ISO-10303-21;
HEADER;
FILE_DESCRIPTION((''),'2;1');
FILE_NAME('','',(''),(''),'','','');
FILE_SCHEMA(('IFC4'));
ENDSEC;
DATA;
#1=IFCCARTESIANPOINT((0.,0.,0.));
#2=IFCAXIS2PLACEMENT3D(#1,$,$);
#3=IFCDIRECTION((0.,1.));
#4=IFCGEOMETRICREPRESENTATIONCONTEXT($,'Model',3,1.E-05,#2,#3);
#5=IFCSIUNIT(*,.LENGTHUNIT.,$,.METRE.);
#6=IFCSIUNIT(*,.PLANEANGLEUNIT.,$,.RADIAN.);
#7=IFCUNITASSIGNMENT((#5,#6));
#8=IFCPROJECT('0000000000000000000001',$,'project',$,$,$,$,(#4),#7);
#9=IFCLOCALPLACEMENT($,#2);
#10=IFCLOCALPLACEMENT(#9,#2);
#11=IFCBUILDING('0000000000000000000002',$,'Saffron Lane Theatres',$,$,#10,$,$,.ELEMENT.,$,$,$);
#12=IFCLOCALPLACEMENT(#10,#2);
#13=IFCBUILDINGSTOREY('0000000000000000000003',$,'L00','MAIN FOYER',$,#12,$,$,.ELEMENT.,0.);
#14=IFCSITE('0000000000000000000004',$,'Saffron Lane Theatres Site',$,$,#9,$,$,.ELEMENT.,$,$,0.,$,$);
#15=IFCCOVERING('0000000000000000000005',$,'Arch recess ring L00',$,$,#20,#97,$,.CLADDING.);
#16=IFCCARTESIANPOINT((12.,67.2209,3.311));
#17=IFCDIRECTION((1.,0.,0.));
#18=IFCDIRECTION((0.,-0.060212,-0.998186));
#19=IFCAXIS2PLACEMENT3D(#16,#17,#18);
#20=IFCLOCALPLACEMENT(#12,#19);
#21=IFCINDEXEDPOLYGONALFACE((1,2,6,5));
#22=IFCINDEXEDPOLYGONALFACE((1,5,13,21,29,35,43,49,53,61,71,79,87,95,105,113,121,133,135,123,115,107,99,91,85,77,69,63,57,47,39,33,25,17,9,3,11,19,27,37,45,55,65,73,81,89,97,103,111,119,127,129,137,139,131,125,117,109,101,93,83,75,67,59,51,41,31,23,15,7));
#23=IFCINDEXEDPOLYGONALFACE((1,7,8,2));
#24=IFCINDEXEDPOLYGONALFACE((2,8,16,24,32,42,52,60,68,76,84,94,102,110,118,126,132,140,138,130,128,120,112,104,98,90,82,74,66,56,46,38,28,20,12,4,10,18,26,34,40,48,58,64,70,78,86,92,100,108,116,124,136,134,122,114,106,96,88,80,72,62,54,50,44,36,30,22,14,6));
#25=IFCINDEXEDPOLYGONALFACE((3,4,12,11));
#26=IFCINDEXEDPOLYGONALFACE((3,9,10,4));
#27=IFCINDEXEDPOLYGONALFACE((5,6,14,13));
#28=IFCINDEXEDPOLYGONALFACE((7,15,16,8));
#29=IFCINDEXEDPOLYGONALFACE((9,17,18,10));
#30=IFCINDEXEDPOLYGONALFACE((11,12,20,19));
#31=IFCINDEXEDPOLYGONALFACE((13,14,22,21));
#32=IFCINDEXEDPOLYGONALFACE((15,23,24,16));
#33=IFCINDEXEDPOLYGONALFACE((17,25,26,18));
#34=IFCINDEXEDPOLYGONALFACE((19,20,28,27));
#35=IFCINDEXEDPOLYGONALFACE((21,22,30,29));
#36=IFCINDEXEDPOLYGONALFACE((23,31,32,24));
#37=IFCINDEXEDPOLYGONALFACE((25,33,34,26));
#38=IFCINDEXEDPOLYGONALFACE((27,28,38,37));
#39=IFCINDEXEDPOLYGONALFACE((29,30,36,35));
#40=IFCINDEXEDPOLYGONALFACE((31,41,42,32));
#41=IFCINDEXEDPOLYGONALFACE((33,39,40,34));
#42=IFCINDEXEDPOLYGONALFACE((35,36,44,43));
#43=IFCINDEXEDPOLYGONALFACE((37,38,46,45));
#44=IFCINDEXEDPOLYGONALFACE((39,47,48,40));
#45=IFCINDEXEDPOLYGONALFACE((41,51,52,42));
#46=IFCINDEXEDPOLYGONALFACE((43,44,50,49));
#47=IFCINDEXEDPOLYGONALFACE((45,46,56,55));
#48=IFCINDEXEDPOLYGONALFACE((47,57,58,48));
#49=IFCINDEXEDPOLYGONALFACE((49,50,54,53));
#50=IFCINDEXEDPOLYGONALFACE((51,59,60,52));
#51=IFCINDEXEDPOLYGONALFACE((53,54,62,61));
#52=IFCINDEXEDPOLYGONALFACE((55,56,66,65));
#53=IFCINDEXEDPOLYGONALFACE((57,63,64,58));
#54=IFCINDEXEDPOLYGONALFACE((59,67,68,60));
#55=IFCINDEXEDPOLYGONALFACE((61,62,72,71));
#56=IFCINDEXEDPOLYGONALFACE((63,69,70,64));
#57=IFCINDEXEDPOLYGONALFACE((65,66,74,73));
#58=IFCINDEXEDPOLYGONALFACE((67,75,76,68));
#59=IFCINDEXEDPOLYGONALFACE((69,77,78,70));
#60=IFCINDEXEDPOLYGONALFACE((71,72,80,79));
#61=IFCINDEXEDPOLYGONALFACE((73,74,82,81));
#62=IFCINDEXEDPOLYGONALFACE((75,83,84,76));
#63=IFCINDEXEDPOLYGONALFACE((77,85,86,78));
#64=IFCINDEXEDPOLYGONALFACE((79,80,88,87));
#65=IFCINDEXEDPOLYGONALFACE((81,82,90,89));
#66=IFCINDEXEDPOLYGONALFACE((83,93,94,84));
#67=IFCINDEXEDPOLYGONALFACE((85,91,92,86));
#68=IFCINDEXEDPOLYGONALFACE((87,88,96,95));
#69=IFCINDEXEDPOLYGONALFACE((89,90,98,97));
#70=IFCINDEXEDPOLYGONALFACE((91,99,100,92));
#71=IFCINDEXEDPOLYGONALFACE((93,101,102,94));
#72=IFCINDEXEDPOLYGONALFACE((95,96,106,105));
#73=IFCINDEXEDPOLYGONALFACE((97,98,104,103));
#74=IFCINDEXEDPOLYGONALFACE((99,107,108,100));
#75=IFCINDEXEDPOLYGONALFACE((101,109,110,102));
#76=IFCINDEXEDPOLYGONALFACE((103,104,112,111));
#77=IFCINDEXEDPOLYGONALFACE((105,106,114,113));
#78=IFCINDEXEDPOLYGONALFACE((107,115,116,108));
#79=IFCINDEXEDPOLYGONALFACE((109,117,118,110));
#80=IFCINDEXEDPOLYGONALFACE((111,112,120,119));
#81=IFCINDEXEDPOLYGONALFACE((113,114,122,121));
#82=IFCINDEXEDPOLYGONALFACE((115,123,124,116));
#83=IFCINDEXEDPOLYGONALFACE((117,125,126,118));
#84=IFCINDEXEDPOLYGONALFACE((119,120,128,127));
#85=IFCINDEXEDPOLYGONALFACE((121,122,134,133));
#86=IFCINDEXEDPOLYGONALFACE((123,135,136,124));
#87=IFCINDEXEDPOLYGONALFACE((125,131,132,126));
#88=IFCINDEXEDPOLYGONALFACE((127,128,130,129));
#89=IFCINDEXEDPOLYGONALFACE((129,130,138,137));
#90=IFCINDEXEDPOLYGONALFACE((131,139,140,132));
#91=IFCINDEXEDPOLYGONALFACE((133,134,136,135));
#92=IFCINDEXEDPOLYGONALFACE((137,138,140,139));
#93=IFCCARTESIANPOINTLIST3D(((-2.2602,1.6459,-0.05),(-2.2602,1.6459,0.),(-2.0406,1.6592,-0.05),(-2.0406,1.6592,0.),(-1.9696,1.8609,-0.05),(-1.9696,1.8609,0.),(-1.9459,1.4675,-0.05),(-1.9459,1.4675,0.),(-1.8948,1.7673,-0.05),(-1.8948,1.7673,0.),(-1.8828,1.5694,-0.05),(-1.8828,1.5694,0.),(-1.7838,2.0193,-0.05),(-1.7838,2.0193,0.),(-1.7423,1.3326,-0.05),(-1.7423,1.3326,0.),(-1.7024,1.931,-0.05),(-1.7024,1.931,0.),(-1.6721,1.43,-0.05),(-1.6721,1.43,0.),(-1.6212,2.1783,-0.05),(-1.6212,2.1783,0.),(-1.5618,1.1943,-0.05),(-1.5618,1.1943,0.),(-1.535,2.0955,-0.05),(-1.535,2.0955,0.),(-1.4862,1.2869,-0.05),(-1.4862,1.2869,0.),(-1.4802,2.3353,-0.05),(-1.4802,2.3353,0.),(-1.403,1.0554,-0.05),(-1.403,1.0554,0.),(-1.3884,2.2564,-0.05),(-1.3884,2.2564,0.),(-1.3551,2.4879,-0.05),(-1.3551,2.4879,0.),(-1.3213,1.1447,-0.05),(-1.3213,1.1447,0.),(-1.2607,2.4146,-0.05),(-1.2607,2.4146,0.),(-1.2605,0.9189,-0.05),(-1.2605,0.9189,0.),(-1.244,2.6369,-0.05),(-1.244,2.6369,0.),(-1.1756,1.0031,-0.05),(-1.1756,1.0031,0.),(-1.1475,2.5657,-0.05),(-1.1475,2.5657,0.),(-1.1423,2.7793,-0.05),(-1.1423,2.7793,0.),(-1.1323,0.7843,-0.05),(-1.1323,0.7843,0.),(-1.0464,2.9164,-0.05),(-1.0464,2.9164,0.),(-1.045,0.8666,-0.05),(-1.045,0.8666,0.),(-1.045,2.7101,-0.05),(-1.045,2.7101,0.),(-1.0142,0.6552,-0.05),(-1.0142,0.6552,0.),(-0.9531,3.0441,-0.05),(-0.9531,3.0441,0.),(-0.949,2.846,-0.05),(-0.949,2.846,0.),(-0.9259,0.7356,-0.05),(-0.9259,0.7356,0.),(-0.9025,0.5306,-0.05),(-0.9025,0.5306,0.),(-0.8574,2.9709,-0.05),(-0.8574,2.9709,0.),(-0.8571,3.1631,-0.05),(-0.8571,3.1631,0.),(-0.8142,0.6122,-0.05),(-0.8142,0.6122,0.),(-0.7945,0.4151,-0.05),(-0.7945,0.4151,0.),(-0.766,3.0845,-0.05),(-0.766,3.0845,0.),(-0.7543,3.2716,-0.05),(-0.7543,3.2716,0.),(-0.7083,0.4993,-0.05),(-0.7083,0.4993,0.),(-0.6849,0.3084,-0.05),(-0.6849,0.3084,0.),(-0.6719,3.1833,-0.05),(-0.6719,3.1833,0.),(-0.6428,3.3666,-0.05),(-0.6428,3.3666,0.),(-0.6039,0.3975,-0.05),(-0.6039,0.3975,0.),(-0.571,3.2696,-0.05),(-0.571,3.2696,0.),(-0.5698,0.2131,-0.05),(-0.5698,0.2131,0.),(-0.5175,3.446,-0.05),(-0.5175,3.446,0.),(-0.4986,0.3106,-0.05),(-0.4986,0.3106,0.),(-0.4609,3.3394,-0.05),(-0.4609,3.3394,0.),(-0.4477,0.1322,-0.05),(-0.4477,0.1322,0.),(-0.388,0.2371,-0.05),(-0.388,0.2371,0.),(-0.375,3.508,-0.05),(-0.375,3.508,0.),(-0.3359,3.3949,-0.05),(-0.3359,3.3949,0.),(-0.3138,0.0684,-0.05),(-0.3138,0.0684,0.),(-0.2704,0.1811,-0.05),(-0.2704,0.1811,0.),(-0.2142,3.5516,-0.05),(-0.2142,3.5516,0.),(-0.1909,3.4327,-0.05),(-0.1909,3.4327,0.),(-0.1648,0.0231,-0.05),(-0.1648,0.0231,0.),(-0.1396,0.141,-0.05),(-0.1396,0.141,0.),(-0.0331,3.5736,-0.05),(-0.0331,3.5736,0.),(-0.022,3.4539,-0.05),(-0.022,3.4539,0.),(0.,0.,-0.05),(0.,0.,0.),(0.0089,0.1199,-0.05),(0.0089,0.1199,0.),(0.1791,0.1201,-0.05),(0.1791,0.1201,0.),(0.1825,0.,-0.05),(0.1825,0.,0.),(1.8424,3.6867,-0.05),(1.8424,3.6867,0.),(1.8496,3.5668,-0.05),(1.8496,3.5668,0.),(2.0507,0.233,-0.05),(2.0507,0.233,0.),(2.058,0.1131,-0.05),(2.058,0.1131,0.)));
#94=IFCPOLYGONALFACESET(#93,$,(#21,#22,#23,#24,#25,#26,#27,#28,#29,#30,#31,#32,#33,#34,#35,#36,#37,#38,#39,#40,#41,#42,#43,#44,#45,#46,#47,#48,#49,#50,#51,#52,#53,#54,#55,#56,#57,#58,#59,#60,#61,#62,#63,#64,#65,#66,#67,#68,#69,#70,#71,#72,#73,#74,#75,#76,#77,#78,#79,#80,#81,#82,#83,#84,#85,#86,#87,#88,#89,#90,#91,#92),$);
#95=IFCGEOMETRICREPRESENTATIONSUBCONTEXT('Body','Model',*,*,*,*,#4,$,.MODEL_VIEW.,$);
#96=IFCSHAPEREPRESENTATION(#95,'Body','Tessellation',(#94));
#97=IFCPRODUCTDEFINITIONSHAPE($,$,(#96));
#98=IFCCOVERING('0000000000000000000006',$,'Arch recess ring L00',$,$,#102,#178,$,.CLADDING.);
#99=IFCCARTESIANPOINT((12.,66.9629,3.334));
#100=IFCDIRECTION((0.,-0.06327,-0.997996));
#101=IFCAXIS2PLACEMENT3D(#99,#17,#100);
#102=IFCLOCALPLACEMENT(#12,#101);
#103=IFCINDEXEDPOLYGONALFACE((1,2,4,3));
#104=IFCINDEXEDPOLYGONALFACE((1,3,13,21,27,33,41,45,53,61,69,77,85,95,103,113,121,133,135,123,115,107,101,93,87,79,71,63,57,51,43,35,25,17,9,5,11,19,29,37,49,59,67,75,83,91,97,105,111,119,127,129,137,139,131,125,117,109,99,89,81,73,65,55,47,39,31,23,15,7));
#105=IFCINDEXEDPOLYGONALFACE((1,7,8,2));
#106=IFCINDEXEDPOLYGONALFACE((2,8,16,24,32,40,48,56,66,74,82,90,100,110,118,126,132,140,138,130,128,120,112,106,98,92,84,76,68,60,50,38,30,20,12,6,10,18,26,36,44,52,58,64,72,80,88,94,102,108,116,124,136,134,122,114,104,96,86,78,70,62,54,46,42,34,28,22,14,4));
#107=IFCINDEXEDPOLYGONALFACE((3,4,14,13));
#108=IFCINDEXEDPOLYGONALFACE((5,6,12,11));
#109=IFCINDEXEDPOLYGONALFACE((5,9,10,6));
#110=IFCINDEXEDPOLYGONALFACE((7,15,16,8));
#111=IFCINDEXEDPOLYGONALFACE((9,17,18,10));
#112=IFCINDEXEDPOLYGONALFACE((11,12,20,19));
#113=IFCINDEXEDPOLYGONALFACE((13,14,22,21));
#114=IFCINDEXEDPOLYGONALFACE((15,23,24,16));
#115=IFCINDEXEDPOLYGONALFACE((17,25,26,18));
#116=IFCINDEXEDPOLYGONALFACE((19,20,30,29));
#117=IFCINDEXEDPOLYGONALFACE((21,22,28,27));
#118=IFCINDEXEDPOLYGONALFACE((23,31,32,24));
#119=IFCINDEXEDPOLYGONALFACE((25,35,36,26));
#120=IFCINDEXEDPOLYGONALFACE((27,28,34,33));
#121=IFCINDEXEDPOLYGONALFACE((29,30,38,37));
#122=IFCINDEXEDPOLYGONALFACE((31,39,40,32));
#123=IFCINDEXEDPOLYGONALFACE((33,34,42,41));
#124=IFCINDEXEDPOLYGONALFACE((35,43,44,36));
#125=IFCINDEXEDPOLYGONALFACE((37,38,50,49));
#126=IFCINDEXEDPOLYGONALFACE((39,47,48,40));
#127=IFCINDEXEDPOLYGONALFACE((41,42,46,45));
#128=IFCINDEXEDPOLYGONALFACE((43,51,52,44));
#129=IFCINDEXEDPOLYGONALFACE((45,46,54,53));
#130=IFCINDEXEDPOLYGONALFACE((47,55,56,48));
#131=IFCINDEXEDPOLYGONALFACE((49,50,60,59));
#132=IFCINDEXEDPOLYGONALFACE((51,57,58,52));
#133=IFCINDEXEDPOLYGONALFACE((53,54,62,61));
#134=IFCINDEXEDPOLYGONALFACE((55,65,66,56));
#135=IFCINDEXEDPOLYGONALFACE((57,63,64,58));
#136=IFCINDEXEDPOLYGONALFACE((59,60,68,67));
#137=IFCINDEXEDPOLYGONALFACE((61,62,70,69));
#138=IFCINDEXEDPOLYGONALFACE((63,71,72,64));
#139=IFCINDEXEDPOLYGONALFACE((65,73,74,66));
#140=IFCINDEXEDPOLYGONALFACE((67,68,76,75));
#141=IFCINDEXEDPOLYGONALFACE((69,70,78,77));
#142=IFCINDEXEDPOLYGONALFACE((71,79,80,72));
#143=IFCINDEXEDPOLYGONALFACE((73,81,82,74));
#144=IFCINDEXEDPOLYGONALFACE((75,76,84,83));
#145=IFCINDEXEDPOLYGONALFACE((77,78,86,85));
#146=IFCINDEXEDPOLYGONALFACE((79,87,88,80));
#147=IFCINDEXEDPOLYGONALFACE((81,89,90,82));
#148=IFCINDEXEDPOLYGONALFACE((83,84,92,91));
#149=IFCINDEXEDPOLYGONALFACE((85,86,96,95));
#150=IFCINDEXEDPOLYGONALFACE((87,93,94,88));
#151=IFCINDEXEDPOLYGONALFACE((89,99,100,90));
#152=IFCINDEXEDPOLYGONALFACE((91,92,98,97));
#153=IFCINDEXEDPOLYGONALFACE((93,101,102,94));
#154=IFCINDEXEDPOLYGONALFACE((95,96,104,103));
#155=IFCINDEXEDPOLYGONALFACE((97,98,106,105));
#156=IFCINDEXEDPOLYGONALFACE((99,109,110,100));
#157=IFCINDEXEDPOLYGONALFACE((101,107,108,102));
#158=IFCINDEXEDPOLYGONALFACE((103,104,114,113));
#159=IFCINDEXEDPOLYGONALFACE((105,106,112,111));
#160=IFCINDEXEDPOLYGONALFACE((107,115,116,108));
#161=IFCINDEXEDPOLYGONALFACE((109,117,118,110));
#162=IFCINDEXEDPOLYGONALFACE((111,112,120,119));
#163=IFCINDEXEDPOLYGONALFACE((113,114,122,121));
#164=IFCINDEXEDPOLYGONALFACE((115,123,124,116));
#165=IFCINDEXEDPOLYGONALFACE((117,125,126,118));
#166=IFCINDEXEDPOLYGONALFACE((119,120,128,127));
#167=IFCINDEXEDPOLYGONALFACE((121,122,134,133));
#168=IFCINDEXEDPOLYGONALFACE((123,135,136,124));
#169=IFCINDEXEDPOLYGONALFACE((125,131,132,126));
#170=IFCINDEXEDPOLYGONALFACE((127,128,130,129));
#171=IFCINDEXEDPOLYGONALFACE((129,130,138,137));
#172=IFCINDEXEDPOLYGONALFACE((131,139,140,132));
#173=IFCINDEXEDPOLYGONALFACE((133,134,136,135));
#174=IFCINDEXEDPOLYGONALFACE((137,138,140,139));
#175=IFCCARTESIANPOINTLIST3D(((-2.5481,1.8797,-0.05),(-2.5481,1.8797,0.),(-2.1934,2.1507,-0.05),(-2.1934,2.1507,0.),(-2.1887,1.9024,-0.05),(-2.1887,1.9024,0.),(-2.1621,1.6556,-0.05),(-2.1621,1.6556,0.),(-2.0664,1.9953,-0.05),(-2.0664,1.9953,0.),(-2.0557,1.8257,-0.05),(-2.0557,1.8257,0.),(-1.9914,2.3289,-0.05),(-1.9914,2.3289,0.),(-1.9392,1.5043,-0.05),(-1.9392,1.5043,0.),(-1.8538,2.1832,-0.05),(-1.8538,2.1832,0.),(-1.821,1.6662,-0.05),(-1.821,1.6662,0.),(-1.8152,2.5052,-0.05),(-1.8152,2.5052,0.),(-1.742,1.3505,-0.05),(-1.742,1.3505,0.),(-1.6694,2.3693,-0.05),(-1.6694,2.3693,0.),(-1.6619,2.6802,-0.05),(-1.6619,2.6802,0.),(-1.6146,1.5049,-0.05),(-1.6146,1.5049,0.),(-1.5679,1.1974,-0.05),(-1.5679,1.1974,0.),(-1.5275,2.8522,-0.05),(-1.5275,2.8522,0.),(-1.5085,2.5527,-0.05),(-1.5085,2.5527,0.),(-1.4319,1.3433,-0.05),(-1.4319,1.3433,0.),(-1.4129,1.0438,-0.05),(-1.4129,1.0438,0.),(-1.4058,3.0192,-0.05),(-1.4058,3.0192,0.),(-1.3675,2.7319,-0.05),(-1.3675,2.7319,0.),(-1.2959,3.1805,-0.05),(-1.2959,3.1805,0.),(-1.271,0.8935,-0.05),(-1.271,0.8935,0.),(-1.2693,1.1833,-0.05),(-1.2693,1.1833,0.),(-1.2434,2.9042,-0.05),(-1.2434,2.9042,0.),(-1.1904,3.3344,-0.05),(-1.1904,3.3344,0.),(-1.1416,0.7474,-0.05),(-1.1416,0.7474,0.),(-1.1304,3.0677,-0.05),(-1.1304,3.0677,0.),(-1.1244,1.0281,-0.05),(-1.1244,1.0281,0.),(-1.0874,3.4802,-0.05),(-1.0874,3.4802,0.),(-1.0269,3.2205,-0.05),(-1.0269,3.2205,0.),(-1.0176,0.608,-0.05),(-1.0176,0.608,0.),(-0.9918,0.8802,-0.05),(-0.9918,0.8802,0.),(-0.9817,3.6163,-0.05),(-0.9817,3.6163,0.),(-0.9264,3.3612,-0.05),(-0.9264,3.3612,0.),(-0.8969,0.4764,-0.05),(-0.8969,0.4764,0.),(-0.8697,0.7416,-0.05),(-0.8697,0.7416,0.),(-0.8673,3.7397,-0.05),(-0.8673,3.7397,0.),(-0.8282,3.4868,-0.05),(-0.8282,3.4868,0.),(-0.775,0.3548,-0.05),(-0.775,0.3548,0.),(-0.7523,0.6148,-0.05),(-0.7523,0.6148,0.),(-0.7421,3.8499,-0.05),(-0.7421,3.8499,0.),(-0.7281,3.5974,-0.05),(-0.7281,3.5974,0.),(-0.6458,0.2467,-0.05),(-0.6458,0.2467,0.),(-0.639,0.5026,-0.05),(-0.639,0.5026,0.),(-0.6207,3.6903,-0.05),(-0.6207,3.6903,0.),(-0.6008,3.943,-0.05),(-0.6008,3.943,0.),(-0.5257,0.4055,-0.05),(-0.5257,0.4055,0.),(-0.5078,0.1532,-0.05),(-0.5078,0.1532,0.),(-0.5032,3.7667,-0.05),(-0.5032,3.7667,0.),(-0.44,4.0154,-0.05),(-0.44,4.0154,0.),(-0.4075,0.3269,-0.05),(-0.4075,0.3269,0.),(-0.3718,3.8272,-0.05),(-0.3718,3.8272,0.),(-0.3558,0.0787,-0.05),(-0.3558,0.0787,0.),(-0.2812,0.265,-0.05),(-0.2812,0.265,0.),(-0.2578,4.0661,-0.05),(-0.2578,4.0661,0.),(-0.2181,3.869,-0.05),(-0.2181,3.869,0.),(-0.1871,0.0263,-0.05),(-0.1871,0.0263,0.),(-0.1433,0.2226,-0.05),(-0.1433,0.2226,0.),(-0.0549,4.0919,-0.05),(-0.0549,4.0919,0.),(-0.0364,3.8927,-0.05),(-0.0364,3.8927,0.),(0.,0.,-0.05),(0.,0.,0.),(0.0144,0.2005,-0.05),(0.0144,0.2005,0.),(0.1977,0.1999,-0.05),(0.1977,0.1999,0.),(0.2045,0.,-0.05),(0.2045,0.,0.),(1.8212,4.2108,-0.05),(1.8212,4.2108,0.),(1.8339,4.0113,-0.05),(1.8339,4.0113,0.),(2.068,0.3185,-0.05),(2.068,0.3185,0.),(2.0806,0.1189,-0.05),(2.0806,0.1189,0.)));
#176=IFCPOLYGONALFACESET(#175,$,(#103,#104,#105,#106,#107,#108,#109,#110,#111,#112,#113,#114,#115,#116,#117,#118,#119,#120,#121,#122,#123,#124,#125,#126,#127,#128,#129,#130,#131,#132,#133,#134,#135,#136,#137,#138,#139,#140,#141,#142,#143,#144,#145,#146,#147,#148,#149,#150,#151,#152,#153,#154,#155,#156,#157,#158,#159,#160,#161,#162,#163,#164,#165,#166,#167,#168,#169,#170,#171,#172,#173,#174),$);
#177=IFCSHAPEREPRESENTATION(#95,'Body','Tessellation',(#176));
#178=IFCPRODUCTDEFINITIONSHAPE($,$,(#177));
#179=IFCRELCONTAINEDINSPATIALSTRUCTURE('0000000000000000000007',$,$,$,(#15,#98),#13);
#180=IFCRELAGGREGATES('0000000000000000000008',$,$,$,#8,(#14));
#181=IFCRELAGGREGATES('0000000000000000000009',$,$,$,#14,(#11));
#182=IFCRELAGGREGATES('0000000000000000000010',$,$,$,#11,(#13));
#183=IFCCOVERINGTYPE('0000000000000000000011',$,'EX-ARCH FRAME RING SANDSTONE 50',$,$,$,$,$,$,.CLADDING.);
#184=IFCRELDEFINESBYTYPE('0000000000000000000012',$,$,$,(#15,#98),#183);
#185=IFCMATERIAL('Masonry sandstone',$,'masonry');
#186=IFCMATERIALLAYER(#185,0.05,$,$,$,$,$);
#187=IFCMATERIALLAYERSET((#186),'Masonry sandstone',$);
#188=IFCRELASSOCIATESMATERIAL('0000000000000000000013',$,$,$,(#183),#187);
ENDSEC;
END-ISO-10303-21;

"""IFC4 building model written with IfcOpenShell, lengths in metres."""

from ifc_helpers import new_model, si_unit, direction, frame, origin, place, context, subcontext, project, spatial, polyline, outline, extrude, material, layer, layer_set, type_object, element, save


model = new_model("IFC4")

# Units and contexts
model_context = context("Model", 3, precision=1e-05, world=origin(), true_north=direction((0.0, 1.0)))
body_context = subcontext(model_context, "Body", "Model", "MODEL_VIEW")
ifc_project = project(units=[si_unit("LENGTHUNIT", "METRE"), si_unit("PLANEANGLEUNIT", "RADIAN")], contexts=[model_context])

# Site, building, storey
site_placement = place(None, origin())
site = spatial("IfcSite", under=ifc_project, at=site_placement, Name="Saffron Lane Theatres Site", CompositionType="ELEMENT", RefElevation=0.0)
building_placement = place(site_placement, origin())
building = spatial("IfcBuilding", under=site, at=building_placement, Name="Saffron Lane Theatres", CompositionType="ELEMENT")
storey_placement = place(building_placement, origin())
storey = spatial("IfcBuildingStorey", under=building, at=storey_placement, Name="L00", Description="MAIN FOYER", CompositionType="ELEMENT", Elevation=0.0)

# Coverings
ifc_material_1 = material(Name="Masonry sandstone", Category="masonry")
ifc_layer_1 = layer(ifc_material_1, 0.05)
ifc_layer_set_1 = layer_set([ifc_layer_1], Name="Masonry sandstone")
covering_type_1 = type_object("IfcCoveringType", Name="EX-ARCH FRAME RING SANDSTONE 50", PredefinedType="CLADDING", material=ifc_layer_set_1)
covering_1_placement = place(storey_placement, frame((12.0, 67.2209, 3.311), z_axis=(1.0, 0.0, 0.0), x_axis=(0.0, -0.060212, -0.998186)))
element("IfcCovering", 1, at=covering_1_placement, inside=storey, type_object=covering_type_1, Name="Arch recess ring L00", PredefinedType="CLADDING", context=body_context, shape_type="SweptSolid", body=[
    extrude(outline(polyline([(0.0, 0.0), (0.1825, 0.0), (2.058, 0.1131), (2.0507, 0.233), (0.1791, 0.1201), (0.0089, 0.1199), (-0.1396, 0.141), (-0.2704, 0.1811), (-0.388, 0.2371), (-0.4986, 0.3106), (-0.6039, 0.3975), (-0.7083, 0.4993), (-0.8142, 0.6122), (-0.9259, 0.7356), (-1.045, 0.8666), (-1.1756, 1.0031), (-1.3213, 1.1447), (-1.4862, 1.2869), (-1.6721, 1.43), (-1.8828, 1.5694), (-2.0406, 1.6592), (-1.8948, 1.7673), (-1.7024, 1.931), (-1.535, 2.0955), (-1.3884, 2.2564), (-1.2607, 2.4146), (-1.1475, 2.5657), (-1.045, 2.7101), (-0.949, 2.846), (-0.8574, 2.9709), (-0.766, 3.0845), (-0.6719, 3.1833), (-0.571, 3.2696), (-0.4609, 3.3394), (-0.3359, 3.3949), (-0.1909, 3.4327), (-0.022, 3.4539), (1.8496, 3.5668), (1.8424, 3.6867), (-0.0331, 3.5736), (-0.2142, 3.5516), (-0.375, 3.508), (-0.5175, 3.446), (-0.6428, 3.3666), (-0.7543, 3.2716), (-0.8571, 3.1631), (-0.9531, 3.0441), (-1.0464, 2.9164), (-1.1423, 2.7793), (-1.244, 2.6369), (-1.3551, 2.4879), (-1.4802, 2.3353), (-1.6212, 2.1783), (-1.7838, 2.0193), (-1.9696, 1.8609), (-2.2602, 1.6459), (-1.9459, 1.4675), (-1.7423, 1.3326), (-1.5618, 1.1943), (-1.403, 1.0554), (-1.2605, 0.9189), (-1.1323, 0.7843), (-1.0142, 0.6552), (-0.9025, 0.5306), (-0.7945, 0.4151), (-0.6849, 0.3084), (-0.5698, 0.2131), (-0.4477, 0.1322), (-0.3138, 0.0684), (-0.1648, 0.0231), (0.0, 0.0)])), origin(), (0.0, 0.0, -1.0), 0.05),
])
covering_2_placement = place(storey_placement, frame((12.0, 66.9629, 3.334), z_axis=(1.0, 0.0, 0.0), x_axis=(0.0, -0.06327, -0.997996)))
element("IfcCovering", 2, at=covering_2_placement, inside=storey, type_object=covering_type_1, Name="Arch recess ring L00", PredefinedType="CLADDING", context=body_context, shape_type="SweptSolid", body=[
    extrude(outline(polyline([(0.0, 0.0), (0.2045, 0.0), (2.0806, 0.1189), (2.068, 0.3185), (0.1977, 0.1999), (0.0144, 0.2005), (-0.1433, 0.2226), (-0.2812, 0.265), (-0.4075, 0.3269), (-0.5257, 0.4055), (-0.639, 0.5026), (-0.7523, 0.6148), (-0.8697, 0.7416), (-0.9918, 0.8802), (-1.1244, 1.0281), (-1.2693, 1.1833), (-1.4319, 1.3433), (-1.6146, 1.5049), (-1.821, 1.6662), (-2.0557, 1.8257), (-2.1887, 1.9024), (-2.0664, 1.9953), (-1.8538, 2.1832), (-1.6694, 2.3693), (-1.5085, 2.5527), (-1.3675, 2.7319), (-1.2434, 2.9042), (-1.1304, 3.0677), (-1.0269, 3.2205), (-0.9264, 3.3612), (-0.8282, 3.4868), (-0.7281, 3.5974), (-0.6207, 3.6903), (-0.5032, 3.7667), (-0.3718, 3.8272), (-0.2181, 3.869), (-0.0364, 3.8927), (1.8339, 4.0113), (1.8212, 4.2108), (-0.0549, 4.0919), (-0.2578, 4.0661), (-0.44, 4.0154), (-0.6008, 3.943), (-0.7421, 3.8499), (-0.8673, 3.7397), (-0.9817, 3.6163), (-1.0874, 3.4802), (-1.1904, 3.3344), (-1.2959, 3.1805), (-1.4058, 3.0192), (-1.5275, 2.8522), (-1.6619, 2.6802), (-1.8152, 2.5052), (-1.9914, 2.3289), (-2.1934, 2.1507), (-2.5481, 1.8797), (-2.1621, 1.6556), (-1.9392, 1.5043), (-1.742, 1.3505), (-1.5679, 1.1974), (-1.4129, 1.0438), (-1.271, 0.8935), (-1.1416, 0.7474), (-1.0176, 0.608), (-0.8969, 0.4764), (-0.775, 0.3548), (-0.6458, 0.2467), (-0.5078, 0.1532), (-0.3558, 0.0787), (-0.1871, 0.0263), (0.0, 0.0)])), origin(), (0.0, 0.0, -1.0), 0.05),
])

save(model, "model.ifc")
